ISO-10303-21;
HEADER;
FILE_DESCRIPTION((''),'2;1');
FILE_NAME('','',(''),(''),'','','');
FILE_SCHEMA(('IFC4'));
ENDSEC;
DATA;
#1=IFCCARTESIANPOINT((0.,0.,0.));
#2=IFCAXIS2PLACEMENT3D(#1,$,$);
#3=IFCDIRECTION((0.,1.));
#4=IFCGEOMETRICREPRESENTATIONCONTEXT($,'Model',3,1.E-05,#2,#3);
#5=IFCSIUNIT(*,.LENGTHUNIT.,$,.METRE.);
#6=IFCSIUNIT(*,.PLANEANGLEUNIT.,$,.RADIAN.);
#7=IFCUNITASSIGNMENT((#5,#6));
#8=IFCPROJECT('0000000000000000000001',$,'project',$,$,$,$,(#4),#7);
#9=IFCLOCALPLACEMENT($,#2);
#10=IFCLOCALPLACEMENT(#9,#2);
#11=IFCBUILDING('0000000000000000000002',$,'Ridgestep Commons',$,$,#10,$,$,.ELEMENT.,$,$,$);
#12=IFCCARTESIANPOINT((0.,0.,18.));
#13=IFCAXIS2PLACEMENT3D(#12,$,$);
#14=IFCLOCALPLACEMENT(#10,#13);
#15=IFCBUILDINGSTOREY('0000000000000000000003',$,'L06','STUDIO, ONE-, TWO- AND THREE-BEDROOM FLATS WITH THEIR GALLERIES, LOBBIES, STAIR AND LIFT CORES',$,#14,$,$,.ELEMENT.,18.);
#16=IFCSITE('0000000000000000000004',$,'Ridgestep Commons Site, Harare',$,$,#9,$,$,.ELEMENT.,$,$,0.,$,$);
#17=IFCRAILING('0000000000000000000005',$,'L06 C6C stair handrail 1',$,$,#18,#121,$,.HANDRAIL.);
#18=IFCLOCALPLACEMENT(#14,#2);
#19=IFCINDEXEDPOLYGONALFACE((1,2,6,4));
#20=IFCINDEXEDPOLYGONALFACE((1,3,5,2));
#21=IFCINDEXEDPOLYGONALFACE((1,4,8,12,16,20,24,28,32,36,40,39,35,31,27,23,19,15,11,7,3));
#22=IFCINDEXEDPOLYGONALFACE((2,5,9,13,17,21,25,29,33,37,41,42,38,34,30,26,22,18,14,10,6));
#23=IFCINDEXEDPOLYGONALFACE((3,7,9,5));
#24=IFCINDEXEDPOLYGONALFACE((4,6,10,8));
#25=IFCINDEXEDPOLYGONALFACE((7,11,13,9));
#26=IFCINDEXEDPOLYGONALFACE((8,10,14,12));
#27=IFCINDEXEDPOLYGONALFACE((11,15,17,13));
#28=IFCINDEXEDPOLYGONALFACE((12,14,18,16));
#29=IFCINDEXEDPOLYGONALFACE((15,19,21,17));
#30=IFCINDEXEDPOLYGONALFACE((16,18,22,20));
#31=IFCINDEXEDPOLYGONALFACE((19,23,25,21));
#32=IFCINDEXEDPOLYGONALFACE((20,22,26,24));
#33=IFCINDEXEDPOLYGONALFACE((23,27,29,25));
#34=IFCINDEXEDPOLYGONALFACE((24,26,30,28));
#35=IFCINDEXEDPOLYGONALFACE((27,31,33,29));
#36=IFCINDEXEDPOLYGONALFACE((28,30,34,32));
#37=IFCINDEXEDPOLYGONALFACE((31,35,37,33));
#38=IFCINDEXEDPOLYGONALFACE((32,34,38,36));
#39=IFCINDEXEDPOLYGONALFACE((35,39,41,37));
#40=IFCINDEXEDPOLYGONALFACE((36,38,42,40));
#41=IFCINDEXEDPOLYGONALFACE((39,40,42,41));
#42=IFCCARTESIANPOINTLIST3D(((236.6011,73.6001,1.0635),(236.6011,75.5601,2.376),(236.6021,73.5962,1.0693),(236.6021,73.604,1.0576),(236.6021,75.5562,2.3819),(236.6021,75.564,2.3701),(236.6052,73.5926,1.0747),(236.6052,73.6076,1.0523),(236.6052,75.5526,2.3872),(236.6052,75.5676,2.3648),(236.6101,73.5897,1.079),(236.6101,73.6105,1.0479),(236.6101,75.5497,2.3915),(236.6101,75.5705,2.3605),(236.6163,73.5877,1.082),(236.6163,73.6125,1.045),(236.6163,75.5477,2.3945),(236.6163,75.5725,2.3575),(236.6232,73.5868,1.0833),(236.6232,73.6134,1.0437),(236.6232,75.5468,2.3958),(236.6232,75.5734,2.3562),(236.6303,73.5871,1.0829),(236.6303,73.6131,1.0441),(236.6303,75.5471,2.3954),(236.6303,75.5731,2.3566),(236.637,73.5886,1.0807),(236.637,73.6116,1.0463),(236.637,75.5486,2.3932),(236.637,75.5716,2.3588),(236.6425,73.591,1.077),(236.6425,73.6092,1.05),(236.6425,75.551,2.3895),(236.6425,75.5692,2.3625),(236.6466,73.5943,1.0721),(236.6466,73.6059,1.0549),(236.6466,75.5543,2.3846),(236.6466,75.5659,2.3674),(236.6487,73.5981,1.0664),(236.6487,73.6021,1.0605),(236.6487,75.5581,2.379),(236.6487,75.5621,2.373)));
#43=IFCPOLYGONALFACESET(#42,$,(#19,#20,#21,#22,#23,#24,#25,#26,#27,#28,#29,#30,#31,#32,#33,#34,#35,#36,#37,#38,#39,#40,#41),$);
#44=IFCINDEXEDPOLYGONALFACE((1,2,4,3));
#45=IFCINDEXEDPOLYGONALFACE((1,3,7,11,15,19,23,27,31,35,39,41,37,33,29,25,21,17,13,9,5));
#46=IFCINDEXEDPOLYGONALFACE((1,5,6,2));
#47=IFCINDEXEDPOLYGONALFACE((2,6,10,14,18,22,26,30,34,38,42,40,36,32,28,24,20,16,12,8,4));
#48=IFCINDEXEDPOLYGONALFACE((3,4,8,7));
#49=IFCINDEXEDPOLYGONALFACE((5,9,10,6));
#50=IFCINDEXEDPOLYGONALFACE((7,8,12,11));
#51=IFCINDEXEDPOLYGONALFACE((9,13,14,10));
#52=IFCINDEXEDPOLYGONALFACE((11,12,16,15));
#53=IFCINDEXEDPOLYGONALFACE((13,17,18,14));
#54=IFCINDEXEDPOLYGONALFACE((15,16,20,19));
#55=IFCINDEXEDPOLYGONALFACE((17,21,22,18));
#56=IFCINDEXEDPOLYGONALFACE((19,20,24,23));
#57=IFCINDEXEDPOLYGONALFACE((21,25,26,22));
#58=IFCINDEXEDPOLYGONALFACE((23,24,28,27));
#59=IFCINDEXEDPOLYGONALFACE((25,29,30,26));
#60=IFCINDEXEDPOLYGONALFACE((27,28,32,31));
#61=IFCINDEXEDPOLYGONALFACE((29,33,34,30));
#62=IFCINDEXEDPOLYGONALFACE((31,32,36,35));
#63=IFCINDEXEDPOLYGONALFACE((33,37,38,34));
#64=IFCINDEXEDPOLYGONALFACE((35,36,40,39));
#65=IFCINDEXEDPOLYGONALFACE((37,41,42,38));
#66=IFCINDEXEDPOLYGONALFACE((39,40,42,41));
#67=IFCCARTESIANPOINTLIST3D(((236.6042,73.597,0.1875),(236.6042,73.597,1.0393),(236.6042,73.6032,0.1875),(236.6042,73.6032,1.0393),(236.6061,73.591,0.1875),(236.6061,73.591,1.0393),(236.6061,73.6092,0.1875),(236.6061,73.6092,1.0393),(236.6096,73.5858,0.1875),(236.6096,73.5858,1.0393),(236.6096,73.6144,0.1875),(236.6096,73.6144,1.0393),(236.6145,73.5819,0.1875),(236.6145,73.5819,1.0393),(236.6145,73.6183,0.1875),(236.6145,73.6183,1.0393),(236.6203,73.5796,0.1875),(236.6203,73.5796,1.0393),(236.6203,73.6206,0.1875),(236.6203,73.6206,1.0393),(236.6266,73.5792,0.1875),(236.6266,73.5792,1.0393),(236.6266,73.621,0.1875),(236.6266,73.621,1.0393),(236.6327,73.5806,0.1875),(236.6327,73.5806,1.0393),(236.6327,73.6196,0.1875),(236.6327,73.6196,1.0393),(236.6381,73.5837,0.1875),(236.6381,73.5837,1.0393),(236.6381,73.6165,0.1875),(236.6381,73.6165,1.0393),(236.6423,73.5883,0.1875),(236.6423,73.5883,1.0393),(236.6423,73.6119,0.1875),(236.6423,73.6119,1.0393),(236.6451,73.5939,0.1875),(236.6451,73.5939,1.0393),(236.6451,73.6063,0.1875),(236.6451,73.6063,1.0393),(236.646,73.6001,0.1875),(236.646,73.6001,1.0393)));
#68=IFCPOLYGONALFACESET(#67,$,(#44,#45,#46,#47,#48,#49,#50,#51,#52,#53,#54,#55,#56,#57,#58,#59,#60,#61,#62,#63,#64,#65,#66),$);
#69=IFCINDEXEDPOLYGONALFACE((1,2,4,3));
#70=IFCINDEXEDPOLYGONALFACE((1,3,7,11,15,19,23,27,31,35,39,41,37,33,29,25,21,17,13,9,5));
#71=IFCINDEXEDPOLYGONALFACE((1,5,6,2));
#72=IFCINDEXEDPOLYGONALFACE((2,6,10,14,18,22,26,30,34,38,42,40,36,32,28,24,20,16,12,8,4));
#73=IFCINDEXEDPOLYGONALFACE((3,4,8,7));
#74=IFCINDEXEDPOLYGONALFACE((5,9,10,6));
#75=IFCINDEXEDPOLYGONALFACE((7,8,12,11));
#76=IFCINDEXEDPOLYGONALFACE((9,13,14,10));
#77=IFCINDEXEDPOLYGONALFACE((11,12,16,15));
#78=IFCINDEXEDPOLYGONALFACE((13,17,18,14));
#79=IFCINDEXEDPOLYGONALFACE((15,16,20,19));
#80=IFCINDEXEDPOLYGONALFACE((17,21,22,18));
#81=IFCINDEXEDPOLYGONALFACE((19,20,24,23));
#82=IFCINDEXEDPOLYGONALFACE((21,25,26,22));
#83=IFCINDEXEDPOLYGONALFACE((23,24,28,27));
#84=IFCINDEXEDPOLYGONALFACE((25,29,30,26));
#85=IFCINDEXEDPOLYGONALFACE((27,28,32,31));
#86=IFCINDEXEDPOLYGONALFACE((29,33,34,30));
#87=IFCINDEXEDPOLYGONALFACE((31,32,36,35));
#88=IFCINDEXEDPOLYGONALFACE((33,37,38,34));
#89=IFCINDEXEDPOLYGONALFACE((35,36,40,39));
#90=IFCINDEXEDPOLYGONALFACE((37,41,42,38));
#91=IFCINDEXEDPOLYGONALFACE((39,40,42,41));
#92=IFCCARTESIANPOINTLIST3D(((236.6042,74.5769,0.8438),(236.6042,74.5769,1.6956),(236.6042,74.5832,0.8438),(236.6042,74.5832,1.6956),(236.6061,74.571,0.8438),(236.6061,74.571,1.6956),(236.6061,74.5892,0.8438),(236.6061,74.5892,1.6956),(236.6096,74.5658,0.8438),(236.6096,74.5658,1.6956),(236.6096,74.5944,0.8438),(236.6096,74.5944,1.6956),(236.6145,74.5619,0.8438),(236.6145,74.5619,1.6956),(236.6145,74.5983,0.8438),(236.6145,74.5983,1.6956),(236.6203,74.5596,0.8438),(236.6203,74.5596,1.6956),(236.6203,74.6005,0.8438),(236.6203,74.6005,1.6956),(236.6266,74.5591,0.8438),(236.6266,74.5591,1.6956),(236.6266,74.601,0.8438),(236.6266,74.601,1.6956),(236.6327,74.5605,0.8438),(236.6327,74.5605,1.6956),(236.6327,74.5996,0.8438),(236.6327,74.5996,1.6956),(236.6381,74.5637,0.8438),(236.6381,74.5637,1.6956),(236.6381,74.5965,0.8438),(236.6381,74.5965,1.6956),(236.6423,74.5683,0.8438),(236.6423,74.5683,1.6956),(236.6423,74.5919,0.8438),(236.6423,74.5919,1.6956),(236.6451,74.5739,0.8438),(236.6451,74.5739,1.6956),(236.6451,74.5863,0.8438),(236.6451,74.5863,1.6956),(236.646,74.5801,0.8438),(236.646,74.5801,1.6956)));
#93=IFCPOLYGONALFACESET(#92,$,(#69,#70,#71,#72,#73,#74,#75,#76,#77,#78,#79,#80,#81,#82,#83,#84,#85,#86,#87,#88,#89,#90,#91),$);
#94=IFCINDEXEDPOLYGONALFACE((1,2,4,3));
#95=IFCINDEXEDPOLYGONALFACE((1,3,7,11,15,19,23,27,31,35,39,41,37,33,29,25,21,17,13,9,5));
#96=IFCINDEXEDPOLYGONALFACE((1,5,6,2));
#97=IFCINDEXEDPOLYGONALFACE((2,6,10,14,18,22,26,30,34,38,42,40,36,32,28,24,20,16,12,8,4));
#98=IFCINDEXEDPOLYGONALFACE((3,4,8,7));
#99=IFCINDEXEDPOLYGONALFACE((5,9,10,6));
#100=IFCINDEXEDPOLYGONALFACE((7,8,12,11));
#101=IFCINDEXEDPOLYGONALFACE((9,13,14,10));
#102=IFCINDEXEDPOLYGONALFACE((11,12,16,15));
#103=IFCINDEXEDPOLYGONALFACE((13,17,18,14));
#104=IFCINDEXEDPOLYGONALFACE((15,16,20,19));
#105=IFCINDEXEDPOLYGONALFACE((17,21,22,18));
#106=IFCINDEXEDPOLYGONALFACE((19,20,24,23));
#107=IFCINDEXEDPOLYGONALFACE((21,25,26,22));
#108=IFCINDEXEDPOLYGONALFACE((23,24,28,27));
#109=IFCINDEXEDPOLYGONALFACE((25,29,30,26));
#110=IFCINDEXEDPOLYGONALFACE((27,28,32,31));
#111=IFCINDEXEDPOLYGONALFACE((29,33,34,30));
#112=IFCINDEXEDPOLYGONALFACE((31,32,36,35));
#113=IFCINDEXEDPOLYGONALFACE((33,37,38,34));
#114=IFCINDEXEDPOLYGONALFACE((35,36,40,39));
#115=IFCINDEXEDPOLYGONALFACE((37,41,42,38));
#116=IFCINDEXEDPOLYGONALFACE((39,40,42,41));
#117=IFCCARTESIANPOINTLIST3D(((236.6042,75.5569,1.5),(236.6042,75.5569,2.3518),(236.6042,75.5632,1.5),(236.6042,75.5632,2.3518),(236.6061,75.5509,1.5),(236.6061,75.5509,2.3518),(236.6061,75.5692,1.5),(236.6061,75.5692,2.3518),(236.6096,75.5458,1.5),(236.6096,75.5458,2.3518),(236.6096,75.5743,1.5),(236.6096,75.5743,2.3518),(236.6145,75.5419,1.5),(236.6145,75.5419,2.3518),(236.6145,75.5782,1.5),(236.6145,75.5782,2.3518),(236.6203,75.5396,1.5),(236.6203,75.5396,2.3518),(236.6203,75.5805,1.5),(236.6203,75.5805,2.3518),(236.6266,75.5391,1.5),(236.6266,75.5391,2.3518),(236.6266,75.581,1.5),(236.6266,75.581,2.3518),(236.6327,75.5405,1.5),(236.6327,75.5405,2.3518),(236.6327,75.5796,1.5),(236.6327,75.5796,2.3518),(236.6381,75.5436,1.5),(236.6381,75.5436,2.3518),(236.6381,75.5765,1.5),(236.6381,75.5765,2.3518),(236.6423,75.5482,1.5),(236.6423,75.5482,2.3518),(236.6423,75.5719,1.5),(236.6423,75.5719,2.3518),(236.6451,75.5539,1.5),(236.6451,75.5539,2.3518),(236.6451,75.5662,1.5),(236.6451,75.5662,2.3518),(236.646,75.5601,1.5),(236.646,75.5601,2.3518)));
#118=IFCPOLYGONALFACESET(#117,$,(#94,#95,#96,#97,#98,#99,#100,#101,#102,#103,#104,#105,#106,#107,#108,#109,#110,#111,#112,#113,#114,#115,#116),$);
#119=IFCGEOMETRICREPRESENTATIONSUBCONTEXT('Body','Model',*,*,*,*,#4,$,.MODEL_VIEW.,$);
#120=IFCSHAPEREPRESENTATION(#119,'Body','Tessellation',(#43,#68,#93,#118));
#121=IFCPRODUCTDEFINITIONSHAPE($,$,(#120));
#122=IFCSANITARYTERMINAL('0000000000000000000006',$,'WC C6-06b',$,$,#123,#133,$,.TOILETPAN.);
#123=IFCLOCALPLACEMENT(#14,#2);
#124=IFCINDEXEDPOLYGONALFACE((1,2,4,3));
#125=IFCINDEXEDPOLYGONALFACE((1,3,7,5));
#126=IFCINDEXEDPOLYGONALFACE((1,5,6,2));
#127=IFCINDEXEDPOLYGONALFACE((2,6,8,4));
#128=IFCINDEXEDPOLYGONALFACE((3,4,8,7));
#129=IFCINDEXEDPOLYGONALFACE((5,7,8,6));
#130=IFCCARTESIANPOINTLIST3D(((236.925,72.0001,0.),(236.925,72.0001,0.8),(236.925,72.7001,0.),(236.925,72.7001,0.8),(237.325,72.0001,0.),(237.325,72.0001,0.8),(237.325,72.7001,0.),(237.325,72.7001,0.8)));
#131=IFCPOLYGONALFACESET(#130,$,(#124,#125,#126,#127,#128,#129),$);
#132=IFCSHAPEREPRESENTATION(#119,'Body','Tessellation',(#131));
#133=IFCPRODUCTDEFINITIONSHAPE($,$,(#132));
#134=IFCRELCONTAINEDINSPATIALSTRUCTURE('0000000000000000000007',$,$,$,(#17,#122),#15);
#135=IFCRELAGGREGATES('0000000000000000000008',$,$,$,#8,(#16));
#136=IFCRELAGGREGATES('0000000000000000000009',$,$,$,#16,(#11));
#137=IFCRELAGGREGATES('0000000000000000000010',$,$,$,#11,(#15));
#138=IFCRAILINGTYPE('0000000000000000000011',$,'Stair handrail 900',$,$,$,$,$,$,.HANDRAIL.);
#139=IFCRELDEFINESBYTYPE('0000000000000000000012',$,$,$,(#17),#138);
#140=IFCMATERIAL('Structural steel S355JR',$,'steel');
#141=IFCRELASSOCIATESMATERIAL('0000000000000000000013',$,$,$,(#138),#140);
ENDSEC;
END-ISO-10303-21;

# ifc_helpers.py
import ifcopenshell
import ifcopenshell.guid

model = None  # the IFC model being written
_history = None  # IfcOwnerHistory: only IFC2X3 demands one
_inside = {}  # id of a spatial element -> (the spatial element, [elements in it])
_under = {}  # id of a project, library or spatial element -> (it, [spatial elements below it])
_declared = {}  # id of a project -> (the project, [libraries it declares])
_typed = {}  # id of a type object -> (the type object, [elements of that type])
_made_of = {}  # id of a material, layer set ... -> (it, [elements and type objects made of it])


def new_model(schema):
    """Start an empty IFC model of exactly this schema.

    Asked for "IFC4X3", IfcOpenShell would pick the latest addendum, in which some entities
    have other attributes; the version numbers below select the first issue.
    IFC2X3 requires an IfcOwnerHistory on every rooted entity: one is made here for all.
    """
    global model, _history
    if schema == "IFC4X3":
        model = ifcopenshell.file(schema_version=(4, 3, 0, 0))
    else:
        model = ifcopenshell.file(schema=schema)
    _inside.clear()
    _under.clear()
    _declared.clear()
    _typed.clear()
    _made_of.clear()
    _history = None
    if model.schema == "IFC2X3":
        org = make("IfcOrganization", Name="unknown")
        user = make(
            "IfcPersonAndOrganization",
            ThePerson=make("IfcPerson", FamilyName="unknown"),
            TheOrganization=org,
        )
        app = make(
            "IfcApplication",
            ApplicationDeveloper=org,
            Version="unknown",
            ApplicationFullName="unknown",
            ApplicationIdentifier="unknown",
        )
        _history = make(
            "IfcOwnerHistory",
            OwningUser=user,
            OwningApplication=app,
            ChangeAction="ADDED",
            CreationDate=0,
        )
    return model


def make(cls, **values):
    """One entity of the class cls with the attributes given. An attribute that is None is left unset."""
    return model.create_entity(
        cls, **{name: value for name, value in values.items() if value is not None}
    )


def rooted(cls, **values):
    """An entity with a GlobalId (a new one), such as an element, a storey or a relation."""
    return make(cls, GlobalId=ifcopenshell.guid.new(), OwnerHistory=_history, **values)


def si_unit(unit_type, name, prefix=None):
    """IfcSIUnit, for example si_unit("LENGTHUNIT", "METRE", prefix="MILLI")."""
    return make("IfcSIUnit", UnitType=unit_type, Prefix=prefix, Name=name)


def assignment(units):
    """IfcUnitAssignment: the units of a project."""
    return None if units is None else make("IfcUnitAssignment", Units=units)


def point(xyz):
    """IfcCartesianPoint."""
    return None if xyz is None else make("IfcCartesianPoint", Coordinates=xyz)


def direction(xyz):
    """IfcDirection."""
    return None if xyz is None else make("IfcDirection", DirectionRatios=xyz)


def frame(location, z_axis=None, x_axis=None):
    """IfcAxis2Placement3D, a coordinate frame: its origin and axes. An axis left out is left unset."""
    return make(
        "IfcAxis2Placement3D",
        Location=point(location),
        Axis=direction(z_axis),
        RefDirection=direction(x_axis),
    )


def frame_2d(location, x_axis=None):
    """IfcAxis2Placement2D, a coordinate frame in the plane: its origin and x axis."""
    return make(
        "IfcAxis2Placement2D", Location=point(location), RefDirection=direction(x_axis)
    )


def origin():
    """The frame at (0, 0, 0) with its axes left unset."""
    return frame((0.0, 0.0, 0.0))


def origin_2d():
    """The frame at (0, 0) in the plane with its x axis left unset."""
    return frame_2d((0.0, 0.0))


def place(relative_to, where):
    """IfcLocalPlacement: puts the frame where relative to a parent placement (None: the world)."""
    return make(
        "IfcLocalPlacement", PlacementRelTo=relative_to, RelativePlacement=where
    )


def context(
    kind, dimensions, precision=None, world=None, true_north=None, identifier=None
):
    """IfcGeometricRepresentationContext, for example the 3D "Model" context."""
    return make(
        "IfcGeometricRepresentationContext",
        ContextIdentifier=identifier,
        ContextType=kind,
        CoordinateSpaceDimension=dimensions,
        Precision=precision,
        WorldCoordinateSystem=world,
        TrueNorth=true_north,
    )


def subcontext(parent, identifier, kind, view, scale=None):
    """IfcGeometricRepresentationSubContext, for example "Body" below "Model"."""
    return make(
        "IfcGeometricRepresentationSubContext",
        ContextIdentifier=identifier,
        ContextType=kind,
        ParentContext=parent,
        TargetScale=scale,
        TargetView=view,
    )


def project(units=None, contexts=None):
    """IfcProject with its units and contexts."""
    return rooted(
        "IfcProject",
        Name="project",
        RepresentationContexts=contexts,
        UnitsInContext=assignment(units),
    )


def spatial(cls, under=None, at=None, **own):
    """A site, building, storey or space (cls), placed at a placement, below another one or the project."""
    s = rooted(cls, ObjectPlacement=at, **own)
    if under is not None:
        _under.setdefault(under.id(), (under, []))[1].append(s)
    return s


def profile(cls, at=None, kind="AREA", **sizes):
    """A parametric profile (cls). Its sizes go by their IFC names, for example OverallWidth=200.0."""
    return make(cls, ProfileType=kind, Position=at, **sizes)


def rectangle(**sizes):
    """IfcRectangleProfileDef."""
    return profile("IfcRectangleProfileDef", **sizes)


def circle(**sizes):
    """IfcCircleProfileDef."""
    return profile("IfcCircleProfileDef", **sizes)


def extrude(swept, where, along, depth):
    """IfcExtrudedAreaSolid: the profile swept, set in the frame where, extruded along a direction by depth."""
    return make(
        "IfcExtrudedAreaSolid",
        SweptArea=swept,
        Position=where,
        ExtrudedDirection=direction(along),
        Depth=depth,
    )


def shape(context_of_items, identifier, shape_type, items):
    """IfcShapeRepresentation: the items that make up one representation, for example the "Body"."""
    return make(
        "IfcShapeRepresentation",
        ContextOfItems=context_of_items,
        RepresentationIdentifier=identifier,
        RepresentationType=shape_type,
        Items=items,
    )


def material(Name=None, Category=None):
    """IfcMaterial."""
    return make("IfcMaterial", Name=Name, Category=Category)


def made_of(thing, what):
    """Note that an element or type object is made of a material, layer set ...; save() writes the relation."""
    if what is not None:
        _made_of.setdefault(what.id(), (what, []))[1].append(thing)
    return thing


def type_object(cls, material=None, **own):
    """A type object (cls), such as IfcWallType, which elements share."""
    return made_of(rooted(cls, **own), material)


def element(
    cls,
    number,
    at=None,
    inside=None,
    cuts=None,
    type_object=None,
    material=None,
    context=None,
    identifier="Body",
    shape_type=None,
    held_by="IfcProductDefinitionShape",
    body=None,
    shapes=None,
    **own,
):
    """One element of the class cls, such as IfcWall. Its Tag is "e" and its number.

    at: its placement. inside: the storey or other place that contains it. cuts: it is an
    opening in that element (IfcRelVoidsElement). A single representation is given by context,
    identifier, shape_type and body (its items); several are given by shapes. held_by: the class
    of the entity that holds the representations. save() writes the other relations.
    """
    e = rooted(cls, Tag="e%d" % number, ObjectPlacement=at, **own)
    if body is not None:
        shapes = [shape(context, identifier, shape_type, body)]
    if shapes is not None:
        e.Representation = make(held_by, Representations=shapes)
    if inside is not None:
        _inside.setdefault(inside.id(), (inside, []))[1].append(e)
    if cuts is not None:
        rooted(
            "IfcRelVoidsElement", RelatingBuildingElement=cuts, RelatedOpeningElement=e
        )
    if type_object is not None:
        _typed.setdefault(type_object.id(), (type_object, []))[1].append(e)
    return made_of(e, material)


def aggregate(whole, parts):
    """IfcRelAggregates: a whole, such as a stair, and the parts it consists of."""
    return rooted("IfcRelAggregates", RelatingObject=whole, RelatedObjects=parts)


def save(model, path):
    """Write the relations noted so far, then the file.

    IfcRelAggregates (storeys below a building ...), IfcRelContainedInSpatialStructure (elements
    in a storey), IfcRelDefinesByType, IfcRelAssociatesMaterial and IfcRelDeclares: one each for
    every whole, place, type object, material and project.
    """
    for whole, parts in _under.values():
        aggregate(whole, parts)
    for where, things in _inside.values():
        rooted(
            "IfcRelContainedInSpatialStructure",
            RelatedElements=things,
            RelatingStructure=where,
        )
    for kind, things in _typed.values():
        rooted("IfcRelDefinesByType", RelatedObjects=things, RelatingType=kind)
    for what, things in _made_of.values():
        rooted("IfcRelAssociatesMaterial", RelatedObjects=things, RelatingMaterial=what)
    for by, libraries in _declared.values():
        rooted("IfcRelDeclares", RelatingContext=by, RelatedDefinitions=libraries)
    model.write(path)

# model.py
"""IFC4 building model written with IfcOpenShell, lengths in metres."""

from ifc_helpers import new_model, si_unit, direction, frame, origin, origin_2d, place, context, subcontext, project, spatial, rectangle, circle, extrude, material, type_object, element, save


model = new_model("IFC4")

# Units and contexts
model_context = context("Model", 3, precision=1e-05, world=origin(), true_north=direction((0.0, 1.0)))
body_context = subcontext(model_context, "Body", "Model", "MODEL_VIEW")
ifc_project = project(units=[si_unit("LENGTHUNIT", "METRE"), si_unit("PLANEANGLEUNIT", "RADIAN")], contexts=[model_context])

# Site, building, storey
site_placement = place(None, origin())
site = spatial("IfcSite", under=ifc_project, at=site_placement, Name="Ridgestep Commons Site, Harare", CompositionType="ELEMENT", RefElevation=0.0)
building_placement = place(site_placement, origin())
building = spatial("IfcBuilding", under=site, at=building_placement, Name="Ridgestep Commons", CompositionType="ELEMENT")
storey_placement = place(building_placement, frame((0.0, 0.0, 18.0)))
storey = spatial("IfcBuildingStorey", under=building, at=storey_placement, Name="L06", Description="STUDIO, ONE-, TWO- AND THREE-BEDROOM FLATS WITH THEIR GALLERIES, LOBBIES, STAIR AND LIFT CORES", CompositionType="ELEMENT", Elevation=18.0)

# Railing
ifc_material_1 = material(Name="Structural steel S355JR", Category="steel")
railing_type_1 = type_object("IfcRailingType", Name="Stair handrail 900", PredefinedType="HANDRAIL", material=ifc_material_1)
railing_1_placement = place(storey_placement, frame((236.625, 73.6001, 0.1875)))
element("IfcRailing", 1, at=railing_1_placement, inside=storey, type_object=railing_type_1, Name="L06 C6C stair handrail 1", PredefinedType="HANDRAIL", context=body_context, shape_type="SweptSolid", body=[
    extrude(circle(Radius=0.0239, at=origin_2d()), frame((0.0, 0.0, 0.876), z_axis=(0.0, 0.830902, 0.556419), x_axis=(-1.0, 0.0, 0.0)), (0.0, 0.0, 1.0), 2.3589),
    extrude(circle(Radius=0.021, at=origin_2d()), origin(), (0.0, 0.0, 1.0), 0.8518),
    extrude(circle(Radius=0.021, at=origin_2d()), frame((0.0, 0.98, 0.6562)), (0.0, 0.0, 1.0), 0.8518),
    extrude(circle(Radius=0.021, at=origin_2d()), frame((0.0, 1.96, 1.3125)), (0.0, 0.0, 1.0), 0.8518),
])

# Sanitary terminal
sanitary_terminal_placement = place(storey_placement, frame((237.125, 72.3501, 0.0), z_axis=(0.0, 0.0, 1.0), x_axis=(1.0, 0.0, 0.0)))
element("IfcSanitaryTerminal", 2, at=sanitary_terminal_placement, inside=storey, Name="WC C6-06b", PredefinedType="TOILETPAN", context=body_context, shape_type="SweptSolid", body=[
    extrude(rectangle(XDim=0.3999, YDim=0.7, at=origin_2d()), origin(), (0.0, 0.0, 1.0), 0.8),
])

save(model, "model.ifc")
